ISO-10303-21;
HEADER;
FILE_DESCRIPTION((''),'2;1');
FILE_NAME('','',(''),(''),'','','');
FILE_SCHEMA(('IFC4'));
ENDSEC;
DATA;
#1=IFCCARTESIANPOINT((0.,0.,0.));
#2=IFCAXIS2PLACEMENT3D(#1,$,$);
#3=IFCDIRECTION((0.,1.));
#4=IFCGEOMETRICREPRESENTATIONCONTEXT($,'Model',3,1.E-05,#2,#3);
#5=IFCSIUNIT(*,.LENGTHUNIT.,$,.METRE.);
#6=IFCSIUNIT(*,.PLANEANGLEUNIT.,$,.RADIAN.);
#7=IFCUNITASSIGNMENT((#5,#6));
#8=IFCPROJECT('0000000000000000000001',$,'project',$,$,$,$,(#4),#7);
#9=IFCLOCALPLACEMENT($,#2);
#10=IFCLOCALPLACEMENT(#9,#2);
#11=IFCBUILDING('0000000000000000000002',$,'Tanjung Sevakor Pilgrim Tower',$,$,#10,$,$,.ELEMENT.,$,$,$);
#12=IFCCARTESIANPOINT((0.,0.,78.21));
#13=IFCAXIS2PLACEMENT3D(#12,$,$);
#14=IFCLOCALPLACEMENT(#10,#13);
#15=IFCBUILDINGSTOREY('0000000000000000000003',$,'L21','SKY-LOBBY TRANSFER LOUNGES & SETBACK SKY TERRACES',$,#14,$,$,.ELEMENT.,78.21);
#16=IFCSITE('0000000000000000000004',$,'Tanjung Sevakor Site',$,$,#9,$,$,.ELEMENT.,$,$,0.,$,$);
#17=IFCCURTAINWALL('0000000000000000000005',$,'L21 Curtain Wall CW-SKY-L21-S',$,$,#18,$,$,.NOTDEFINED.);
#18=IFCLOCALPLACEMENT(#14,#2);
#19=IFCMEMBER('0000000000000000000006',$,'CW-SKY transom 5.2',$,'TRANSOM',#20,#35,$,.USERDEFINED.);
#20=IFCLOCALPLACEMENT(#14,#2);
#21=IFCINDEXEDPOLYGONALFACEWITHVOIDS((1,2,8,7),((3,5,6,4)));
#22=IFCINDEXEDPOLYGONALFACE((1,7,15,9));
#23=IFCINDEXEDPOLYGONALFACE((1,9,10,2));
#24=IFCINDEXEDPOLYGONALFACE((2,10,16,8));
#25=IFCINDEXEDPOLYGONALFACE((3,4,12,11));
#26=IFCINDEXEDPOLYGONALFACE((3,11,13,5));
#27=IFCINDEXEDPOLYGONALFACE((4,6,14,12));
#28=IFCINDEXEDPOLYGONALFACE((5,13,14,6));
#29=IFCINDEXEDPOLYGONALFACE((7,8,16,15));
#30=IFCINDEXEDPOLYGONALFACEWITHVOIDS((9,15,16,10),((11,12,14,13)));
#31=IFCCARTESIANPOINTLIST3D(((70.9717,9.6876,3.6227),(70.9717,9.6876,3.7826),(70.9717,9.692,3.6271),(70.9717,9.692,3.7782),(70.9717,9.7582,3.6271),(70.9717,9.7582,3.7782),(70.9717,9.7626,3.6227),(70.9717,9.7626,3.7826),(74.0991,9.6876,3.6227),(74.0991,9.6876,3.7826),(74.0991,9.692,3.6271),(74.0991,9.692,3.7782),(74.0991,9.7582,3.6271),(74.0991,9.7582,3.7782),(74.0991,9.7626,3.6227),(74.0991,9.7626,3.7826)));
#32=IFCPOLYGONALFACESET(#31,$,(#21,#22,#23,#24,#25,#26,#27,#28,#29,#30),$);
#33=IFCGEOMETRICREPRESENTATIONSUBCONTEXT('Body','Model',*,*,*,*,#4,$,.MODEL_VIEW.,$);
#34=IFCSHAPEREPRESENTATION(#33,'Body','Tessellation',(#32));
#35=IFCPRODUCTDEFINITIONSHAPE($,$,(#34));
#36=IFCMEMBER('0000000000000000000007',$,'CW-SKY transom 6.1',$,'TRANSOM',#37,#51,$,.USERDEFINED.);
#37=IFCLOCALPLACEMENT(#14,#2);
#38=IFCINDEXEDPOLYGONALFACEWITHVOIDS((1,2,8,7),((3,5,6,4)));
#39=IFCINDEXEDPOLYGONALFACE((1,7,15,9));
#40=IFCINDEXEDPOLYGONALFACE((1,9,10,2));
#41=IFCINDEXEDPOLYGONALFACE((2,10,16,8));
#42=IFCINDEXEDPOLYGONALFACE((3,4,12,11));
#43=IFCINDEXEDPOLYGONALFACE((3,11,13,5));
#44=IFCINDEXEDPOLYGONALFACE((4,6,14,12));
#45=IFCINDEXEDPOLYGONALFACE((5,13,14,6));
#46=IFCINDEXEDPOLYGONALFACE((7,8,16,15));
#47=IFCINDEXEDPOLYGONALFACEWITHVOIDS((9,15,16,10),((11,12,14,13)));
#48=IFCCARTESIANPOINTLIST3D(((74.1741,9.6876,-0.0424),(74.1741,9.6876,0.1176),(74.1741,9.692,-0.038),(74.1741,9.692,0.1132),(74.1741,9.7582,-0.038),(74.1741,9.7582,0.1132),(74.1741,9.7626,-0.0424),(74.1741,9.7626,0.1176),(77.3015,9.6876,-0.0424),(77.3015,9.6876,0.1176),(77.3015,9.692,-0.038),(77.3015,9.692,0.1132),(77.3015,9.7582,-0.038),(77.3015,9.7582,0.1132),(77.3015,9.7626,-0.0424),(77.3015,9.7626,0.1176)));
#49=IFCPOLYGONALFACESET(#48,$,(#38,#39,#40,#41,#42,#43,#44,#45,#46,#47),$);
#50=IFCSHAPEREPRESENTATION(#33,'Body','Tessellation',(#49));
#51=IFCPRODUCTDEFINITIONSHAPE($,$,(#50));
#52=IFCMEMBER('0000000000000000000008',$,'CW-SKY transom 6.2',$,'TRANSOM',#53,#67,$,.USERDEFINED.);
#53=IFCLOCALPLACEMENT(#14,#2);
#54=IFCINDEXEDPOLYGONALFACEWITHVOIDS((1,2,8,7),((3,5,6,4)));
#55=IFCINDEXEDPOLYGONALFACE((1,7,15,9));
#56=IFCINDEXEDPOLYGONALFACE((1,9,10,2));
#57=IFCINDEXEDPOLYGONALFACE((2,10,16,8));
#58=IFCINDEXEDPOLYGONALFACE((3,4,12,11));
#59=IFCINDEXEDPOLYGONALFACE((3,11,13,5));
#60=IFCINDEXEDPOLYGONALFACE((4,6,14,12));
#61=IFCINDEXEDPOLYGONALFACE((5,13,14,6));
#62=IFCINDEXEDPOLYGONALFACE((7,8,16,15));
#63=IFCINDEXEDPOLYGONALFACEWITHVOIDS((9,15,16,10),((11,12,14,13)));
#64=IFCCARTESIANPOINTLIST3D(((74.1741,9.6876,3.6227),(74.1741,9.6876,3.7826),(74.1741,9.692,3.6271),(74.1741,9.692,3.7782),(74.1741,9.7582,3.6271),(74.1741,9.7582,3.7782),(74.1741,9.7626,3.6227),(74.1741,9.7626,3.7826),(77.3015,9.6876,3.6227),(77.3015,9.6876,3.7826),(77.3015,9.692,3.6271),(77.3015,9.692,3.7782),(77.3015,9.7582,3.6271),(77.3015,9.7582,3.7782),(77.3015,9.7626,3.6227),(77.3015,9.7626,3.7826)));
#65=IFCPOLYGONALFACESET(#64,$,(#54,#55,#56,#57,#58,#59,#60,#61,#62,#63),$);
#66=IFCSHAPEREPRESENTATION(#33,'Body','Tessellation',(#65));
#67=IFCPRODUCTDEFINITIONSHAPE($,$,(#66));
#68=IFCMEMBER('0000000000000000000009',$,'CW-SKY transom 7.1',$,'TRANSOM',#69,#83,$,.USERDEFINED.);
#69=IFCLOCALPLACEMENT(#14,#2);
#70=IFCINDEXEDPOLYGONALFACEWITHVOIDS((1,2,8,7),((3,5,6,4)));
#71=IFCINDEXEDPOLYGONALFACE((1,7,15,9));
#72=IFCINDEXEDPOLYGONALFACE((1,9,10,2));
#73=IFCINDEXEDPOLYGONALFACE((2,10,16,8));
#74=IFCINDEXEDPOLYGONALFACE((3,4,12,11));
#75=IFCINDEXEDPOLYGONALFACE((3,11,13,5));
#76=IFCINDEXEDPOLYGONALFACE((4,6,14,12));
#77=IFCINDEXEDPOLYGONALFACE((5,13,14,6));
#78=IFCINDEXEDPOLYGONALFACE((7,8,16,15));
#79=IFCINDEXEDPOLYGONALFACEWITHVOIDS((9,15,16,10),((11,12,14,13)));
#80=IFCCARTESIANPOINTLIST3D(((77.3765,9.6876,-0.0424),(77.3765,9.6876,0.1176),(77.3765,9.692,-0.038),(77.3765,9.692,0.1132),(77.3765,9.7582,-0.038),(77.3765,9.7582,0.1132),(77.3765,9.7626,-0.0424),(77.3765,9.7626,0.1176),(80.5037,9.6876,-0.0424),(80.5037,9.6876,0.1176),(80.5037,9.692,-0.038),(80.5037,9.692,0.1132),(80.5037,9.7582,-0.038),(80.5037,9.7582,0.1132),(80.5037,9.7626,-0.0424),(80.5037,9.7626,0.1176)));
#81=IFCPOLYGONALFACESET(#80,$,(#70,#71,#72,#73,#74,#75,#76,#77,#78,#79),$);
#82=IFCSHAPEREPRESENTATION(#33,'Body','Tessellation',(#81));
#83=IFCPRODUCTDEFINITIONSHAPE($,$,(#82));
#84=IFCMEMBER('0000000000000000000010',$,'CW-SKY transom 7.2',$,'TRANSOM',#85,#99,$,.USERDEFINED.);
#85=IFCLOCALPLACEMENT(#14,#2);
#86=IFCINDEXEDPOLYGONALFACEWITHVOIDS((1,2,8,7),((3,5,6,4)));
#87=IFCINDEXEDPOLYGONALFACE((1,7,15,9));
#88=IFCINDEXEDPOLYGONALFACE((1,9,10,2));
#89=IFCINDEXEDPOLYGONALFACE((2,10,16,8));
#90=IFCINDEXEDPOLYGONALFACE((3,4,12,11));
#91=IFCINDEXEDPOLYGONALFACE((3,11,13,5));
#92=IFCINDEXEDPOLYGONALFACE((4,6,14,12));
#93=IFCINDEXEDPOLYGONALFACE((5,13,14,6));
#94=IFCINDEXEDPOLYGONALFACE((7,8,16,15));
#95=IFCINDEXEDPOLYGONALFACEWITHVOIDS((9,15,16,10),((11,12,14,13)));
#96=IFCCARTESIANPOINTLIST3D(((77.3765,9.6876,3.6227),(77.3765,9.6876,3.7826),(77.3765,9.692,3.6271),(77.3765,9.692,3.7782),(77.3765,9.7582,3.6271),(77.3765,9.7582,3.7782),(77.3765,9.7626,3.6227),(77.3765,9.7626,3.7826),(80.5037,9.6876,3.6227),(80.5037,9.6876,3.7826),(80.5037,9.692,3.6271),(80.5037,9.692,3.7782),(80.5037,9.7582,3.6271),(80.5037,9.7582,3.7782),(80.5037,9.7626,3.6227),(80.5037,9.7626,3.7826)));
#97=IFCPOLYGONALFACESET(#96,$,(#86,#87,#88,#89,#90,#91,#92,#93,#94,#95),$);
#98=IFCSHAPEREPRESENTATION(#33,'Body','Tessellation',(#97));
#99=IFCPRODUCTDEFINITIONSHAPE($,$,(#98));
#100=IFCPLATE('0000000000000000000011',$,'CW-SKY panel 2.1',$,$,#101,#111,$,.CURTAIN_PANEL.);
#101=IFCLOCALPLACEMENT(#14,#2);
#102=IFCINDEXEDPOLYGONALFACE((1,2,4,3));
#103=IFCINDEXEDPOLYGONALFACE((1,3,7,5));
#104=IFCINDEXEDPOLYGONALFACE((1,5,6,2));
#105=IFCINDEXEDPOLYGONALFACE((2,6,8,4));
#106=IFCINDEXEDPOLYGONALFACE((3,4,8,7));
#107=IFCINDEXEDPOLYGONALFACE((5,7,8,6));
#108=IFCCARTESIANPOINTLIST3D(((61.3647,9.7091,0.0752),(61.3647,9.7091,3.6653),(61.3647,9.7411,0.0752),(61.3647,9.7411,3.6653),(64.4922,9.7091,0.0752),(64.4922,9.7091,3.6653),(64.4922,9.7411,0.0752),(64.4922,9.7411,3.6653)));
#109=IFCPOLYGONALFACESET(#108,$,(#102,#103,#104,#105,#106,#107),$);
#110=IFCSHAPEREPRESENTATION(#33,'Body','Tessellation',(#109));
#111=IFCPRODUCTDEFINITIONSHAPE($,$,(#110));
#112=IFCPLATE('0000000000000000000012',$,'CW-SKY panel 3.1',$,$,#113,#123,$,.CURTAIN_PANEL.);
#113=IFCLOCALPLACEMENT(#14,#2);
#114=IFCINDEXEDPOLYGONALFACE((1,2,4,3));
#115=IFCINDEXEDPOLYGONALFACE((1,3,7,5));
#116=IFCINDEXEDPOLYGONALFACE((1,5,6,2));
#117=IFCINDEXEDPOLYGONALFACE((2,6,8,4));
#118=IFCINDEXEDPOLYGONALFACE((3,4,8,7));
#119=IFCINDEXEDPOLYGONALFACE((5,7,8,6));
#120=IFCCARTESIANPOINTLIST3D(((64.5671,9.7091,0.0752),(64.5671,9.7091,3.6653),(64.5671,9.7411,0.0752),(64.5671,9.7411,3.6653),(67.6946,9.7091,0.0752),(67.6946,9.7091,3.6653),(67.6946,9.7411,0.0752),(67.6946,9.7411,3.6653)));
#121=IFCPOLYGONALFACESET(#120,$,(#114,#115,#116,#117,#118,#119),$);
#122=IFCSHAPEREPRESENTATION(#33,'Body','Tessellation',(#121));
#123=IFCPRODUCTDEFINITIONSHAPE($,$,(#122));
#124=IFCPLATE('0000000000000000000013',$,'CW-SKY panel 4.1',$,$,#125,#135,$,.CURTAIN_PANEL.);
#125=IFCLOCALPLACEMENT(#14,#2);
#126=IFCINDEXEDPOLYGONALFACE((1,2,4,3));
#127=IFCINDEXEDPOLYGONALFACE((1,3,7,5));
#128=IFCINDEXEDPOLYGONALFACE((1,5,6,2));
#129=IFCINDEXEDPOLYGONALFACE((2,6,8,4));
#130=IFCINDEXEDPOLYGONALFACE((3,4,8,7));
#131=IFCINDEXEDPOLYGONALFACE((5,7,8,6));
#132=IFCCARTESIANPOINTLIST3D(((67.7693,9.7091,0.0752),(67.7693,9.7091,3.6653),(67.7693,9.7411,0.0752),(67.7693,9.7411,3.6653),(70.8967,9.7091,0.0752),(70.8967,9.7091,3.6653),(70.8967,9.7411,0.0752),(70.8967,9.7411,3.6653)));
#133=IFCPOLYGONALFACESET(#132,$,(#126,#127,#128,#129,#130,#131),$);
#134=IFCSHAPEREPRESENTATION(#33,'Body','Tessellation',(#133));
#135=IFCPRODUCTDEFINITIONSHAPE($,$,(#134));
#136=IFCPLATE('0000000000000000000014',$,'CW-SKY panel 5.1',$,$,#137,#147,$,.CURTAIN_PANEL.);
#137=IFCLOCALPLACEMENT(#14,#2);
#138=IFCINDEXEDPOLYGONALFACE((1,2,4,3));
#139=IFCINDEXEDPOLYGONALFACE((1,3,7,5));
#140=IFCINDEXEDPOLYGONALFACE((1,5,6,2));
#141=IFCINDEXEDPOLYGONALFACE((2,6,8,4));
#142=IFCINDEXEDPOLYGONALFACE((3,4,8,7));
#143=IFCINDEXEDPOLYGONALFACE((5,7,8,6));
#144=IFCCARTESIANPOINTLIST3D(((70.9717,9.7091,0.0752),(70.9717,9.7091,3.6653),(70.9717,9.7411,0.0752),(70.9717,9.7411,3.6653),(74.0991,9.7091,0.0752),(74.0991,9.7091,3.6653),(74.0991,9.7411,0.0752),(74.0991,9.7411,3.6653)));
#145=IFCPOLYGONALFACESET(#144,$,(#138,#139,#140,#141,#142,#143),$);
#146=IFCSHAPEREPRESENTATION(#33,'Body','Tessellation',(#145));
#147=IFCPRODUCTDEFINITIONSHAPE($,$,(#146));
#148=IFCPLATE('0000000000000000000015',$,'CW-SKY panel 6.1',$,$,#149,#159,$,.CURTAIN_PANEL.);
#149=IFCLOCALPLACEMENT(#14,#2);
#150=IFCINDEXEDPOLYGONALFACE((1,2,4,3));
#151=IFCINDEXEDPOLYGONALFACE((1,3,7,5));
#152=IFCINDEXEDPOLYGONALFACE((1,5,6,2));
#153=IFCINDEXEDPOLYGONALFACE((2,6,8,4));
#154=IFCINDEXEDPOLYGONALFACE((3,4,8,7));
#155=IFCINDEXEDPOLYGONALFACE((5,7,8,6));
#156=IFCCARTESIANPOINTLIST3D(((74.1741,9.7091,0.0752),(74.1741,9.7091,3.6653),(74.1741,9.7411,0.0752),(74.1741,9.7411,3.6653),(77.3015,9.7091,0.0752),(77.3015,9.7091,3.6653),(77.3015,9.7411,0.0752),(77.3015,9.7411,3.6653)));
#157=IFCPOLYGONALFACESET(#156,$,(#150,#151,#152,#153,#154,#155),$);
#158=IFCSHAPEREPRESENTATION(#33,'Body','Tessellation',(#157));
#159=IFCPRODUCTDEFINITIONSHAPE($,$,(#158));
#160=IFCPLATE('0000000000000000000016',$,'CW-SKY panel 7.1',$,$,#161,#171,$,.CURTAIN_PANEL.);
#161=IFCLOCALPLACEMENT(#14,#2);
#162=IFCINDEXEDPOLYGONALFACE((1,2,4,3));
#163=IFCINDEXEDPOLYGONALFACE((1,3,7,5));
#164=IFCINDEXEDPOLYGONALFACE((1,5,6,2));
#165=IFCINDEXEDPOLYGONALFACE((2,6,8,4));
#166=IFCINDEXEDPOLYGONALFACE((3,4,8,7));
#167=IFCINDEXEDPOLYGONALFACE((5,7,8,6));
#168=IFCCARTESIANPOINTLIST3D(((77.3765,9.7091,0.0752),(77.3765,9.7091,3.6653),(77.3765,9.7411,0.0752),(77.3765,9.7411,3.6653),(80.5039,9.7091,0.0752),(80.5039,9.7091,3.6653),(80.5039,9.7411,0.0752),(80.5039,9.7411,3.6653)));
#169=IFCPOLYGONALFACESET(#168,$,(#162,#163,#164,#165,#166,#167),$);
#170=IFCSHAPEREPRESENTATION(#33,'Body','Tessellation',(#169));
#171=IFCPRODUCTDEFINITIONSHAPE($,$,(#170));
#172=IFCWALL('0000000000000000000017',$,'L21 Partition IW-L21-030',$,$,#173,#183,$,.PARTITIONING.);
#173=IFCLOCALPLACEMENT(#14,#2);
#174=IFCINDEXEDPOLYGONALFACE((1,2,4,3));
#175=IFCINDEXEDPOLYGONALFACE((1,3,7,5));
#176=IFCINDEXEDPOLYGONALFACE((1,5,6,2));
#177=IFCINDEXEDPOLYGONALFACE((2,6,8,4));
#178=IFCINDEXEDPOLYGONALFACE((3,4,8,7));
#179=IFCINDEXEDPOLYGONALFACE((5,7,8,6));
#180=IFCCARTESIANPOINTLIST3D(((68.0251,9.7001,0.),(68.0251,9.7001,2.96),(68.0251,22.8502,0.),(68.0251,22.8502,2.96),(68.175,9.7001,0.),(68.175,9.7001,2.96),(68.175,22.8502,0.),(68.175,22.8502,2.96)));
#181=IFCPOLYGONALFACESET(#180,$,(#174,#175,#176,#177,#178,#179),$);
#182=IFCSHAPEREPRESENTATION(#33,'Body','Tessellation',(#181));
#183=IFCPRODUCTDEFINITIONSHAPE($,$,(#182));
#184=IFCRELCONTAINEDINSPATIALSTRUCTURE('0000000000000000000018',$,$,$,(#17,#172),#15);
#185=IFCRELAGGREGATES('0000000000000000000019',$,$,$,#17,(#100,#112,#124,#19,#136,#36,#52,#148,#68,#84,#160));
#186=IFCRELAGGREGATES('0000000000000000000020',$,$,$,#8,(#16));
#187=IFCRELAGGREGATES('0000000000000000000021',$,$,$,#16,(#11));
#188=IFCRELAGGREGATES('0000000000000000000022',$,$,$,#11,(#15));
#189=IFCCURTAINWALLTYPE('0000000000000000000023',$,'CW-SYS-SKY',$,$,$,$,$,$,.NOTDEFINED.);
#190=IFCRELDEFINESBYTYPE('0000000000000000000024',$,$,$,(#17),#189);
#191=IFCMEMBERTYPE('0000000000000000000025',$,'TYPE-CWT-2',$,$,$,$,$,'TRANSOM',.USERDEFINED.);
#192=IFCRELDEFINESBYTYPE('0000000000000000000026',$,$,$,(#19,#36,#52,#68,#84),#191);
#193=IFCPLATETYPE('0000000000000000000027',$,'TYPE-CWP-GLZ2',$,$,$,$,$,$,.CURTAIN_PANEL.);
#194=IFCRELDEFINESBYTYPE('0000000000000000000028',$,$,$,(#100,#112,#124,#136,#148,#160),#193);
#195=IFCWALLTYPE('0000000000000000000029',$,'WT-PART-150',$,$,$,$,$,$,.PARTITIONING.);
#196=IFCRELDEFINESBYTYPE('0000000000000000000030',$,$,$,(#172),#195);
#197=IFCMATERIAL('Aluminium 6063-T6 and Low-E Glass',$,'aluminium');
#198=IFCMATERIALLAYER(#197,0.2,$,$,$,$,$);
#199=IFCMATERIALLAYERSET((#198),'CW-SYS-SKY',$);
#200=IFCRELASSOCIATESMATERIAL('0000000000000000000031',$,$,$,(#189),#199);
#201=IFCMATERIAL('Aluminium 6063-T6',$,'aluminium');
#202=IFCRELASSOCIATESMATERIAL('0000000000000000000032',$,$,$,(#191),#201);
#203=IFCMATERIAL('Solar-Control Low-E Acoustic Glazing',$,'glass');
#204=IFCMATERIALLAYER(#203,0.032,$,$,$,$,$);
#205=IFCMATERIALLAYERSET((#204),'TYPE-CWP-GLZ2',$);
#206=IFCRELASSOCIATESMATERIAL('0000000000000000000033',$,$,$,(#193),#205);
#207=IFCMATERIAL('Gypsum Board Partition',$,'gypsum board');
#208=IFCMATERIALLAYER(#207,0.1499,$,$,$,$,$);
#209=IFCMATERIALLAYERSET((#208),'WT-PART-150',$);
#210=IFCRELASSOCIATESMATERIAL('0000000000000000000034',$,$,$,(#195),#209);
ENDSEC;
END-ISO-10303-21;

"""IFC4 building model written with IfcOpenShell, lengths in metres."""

from ifc_helpers import new_model, si_unit, direction, frame, frame_2d, origin, origin_2d, place, context, subcontext, project, spatial, rectangle, hollow_rectangle, extrude, material, layer, layer_set, material_profile, profile_set, type_object, element, aggregate, save


model = new_model("IFC4")

# Units and contexts
model_context = context("Model", 3, precision=1e-05, world=origin(), true_north=direction((0.0, 1.0)))
body_context = subcontext(model_context, "Body", "Model", "MODEL_VIEW")
ifc_project = project(units=[si_unit("LENGTHUNIT", "METRE"), si_unit("PLANEANGLEUNIT", "RADIAN")], contexts=[model_context])

# Site, building, storey
site_placement = place(None, origin())
site = spatial("IfcSite", under=ifc_project, at=site_placement, Name="Tanjung Sevakor Site", CompositionType="ELEMENT", RefElevation=0.0)
building_placement = place(site_placement, origin())
building = spatial("IfcBuilding", under=site, at=building_placement, Name="Tanjung Sevakor Pilgrim Tower", CompositionType="ELEMENT")
storey_placement = place(building_placement, frame((0.0, 0.0, 78.21)))
storey = spatial("IfcBuildingStorey", under=building, at=storey_placement, Name="L21", Description="SKY-LOBBY TRANSFER LOUNGES & SETBACK SKY TERRACES", CompositionType="ELEMENT", Elevation=78.21)

# Curtain wall, members, plates
ifc_material_1 = material(Name="Aluminium 6063-T6 and Low-E Glass", Category="aluminium")
ifc_layer_1 = layer(ifc_material_1, 0.2)
ifc_layer_set_1 = layer_set([ifc_layer_1], Name="CW-SYS-SKY")
curtain_wall_type = type_object("IfcCurtainWallType", Name="CW-SYS-SKY", PredefinedType="NOTDEFINED", material=ifc_layer_set_1)
curtain_wall_placement = place(storey_placement, origin())
curtain_wall = element("IfcCurtainWall", 1, at=curtain_wall_placement, inside=storey, type_object=curtain_wall_type, Name="L21 Curtain Wall CW-SKY-L21-S", PredefinedType="NOTDEFINED")
ifc_material_2 = material(Name="Aluminium 6063-T6", Category="aluminium")
ifc_material_profile_1 = material_profile(ifc_material_2, hollow_rectangle(XDim=0.075, YDim=0.1599, WallThickness=0.0044, at=origin_2d()))
ifc_profile_set_1 = profile_set([ifc_material_profile_1], Name="Aluminium 6063-T6")
member_type_1 = type_object("IfcMemberType", Name="TYPE-CWT-2", ElementType="TRANSOM", PredefinedType="USERDEFINED", material=ifc_profile_set_1)
member_1_placement = place(storey_placement, frame((70.9717, 9.7251, 3.7026), z_axis=(1.0, 0.0, 0.0), x_axis=(0.0, 1.0, 0.0)))
member_1 = element("IfcMember", 2, at=member_1_placement, type_object=member_type_1, Name="CW-SKY transom 5.2", ObjectType="TRANSOM", PredefinedType="USERDEFINED", context=body_context, shape_type="SweptSolid", body=[
    extrude(hollow_rectangle(XDim=0.075, YDim=0.1599, WallThickness=0.0044, at=origin_2d()), origin(), (0.0, 0.0, 1.0), 3.1274),
])
member_2_placement = place(storey_placement, frame((74.1741, 9.7251, 0.0376), z_axis=(1.0, 0.0, 0.0), x_axis=(0.0, 1.0, 0.0)))
member_2 = element("IfcMember", 3, at=member_2_placement, type_object=member_type_1, Name="CW-SKY transom 6.1", ObjectType="TRANSOM", PredefinedType="USERDEFINED", context=body_context, shape_type="SweptSolid", body=[
    extrude(hollow_rectangle(XDim=0.075, YDim=0.1599, WallThickness=0.0044, at=origin_2d()), origin(), (0.0, 0.0, 1.0), 3.1274),
])
member_3_placement = place(storey_placement, frame((74.1741, 9.7251, 3.7026), z_axis=(1.0, 0.0, 0.0), x_axis=(0.0, 1.0, 0.0)))
member_3 = element("IfcMember", 4, at=member_3_placement, type_object=member_type_1, Name="CW-SKY transom 6.2", ObjectType="TRANSOM", PredefinedType="USERDEFINED", context=body_context, shape_type="SweptSolid", body=[
    extrude(hollow_rectangle(XDim=0.075, YDim=0.1599, WallThickness=0.0044, at=origin_2d()), origin(), (0.0, 0.0, 1.0), 3.1274),
])
member_4_placement = place(storey_placement, frame((77.3765, 9.7251, 0.0376), z_axis=(1.0, 0.0, 0.0), x_axis=(0.0, 1.0, 0.0)))
member_4 = element("IfcMember", 5, at=member_4_placement, type_object=member_type_1, Name="CW-SKY transom 7.1", ObjectType="TRANSOM", PredefinedType="USERDEFINED", context=body_context, shape_type="SweptSolid", body=[
    extrude(hollow_rectangle(XDim=0.075, YDim=0.1599, WallThickness=0.0044, at=origin_2d()), origin(), (0.0, 0.0, 1.0), 3.1272),
])
member_5_placement = place(storey_placement, frame((77.3765, 9.7251, 3.7026), z_axis=(1.0, 0.0, 0.0), x_axis=(0.0, 1.0, 0.0)))
member_5 = element("IfcMember", 6, at=member_5_placement, type_object=member_type_1, Name="CW-SKY transom 7.2", ObjectType="TRANSOM", PredefinedType="USERDEFINED", context=body_context, shape_type="SweptSolid", body=[
    extrude(hollow_rectangle(XDim=0.075, YDim=0.1599, WallThickness=0.0044, at=origin_2d()), origin(), (0.0, 0.0, 1.0), 3.1272),
])
ifc_material_3 = material(Name="Solar-Control Low-E Acoustic Glazing", Category="glass")
ifc_layer_2 = layer(ifc_material_3, 0.032)
ifc_layer_set_2 = layer_set([ifc_layer_2], Name="TYPE-CWP-GLZ2")
plate_type = type_object("IfcPlateType", Name="TYPE-CWP-GLZ2", PredefinedType="CURTAIN_PANEL", material=ifc_layer_set_2)
plate_1_placement = place(storey_placement, frame((62.9285, 9.7251, 0.0752), z_axis=(0.0, 0.0, 1.0), x_axis=(1.0, 0.0, 0.0)))
plate_1 = element("IfcPlate", 7, at=plate_1_placement, type_object=plate_type, Name="CW-SKY panel 2.1", PredefinedType="CURTAIN_PANEL", context=body_context, shape_type="SweptSolid", body=[
    extrude(rectangle(XDim=3.1274, YDim=0.032, at=origin_2d()), origin(), (0.0, 0.0, 1.0), 3.5901),
])
plate_2_placement = place(storey_placement, frame((66.1309, 9.7251, 0.0752), z_axis=(0.0, 0.0, 1.0), x_axis=(1.0, 0.0, 0.0)))
plate_2 = element("IfcPlate", 8, at=plate_2_placement, type_object=plate_type, Name="CW-SKY panel 3.1", PredefinedType="CURTAIN_PANEL", context=body_context, shape_type="SweptSolid", body=[
    extrude(rectangle(XDim=3.1274, YDim=0.032, at=origin_2d()), origin(), (0.0, 0.0, 1.0), 3.5901),
])
plate_3_placement = place(storey_placement, frame((69.333, 9.7251, 0.0752), z_axis=(0.0, 0.0, 1.0), x_axis=(1.0, 0.0, 0.0)))
plate_3 = element("IfcPlate", 9, at=plate_3_placement, type_object=plate_type, Name="CW-SKY panel 4.1", PredefinedType="CURTAIN_PANEL", context=body_context, shape_type="SweptSolid", body=[
    extrude(rectangle(XDim=3.1274, YDim=0.032, at=origin_2d()), origin(), (0.0, 0.0, 1.0), 3.5901),
])
plate_4_placement = place(storey_placement, frame((72.5354, 9.7251, 0.0752), z_axis=(0.0, 0.0, 1.0), x_axis=(1.0, 0.0, 0.0)))
plate_4 = element("IfcPlate", 10, at=plate_4_placement, type_object=plate_type, Name="CW-SKY panel 5.1", PredefinedType="CURTAIN_PANEL", context=body_context, shape_type="SweptSolid", body=[
    extrude(rectangle(XDim=3.1274, YDim=0.032, at=origin_2d()), origin(), (0.0, 0.0, 1.0), 3.5901),
])
plate_5_placement = place(storey_placement, frame((75.7378, 9.7251, 0.0752), z_axis=(0.0, 0.0, 1.0), x_axis=(1.0, 0.0, 0.0)))
plate_5 = element("IfcPlate", 11, at=plate_5_placement, type_object=plate_type, Name="CW-SKY panel 6.1", PredefinedType="CURTAIN_PANEL", context=body_context, shape_type="SweptSolid", body=[
    extrude(rectangle(XDim=3.1274, YDim=0.032, at=origin_2d()), origin(), (0.0, 0.0, 1.0), 3.5901),
])
plate_6_placement = place(storey_placement, frame((78.9402, 9.7251, 0.0752), z_axis=(0.0, 0.0, 1.0), x_axis=(1.0, 0.0, 0.0)))
plate_6 = element("IfcPlate", 12, at=plate_6_placement, type_object=plate_type, Name="CW-SKY panel 7.1", PredefinedType="CURTAIN_PANEL", context=body_context, shape_type="SweptSolid", body=[
    extrude(rectangle(XDim=3.1274, YDim=0.032, at=origin_2d()), origin(), (0.0, 0.0, 1.0), 3.5901),
])
aggregate(curtain_wall, [plate_1, plate_2, plate_3, member_1, plate_4, member_2, member_3, plate_5, member_4, member_5, plate_6])

# Wall
ifc_material_4 = material(Name="Gypsum Board Partition", Category="gypsum board")
ifc_layer_3 = layer(ifc_material_4, 0.1499)
ifc_layer_set_3 = layer_set([ifc_layer_3], Name="WT-PART-150")
wall_type = type_object("IfcWallType", Name="WT-PART-150", PredefinedType="PARTITIONING", material=ifc_layer_set_3)
wall_placement = place(storey_placement, frame((68.1001, 9.7, 0.0), z_axis=(0.0, 0.0, 1.0), x_axis=(0.0, 1.0, 0.0)))
element("IfcWall", 13, at=wall_placement, inside=storey, type_object=wall_type, Name="L21 Partition IW-L21-030", PredefinedType="PARTITIONING", context=body_context, shape_type="SweptSolid", body=[
    extrude(rectangle(XDim=13.1501, YDim=0.1499, at=frame_2d((6.5752, 0.0))), origin(), (0.0, 0.0, 1.0), 2.96),
])

save(model, "model.ifc")
